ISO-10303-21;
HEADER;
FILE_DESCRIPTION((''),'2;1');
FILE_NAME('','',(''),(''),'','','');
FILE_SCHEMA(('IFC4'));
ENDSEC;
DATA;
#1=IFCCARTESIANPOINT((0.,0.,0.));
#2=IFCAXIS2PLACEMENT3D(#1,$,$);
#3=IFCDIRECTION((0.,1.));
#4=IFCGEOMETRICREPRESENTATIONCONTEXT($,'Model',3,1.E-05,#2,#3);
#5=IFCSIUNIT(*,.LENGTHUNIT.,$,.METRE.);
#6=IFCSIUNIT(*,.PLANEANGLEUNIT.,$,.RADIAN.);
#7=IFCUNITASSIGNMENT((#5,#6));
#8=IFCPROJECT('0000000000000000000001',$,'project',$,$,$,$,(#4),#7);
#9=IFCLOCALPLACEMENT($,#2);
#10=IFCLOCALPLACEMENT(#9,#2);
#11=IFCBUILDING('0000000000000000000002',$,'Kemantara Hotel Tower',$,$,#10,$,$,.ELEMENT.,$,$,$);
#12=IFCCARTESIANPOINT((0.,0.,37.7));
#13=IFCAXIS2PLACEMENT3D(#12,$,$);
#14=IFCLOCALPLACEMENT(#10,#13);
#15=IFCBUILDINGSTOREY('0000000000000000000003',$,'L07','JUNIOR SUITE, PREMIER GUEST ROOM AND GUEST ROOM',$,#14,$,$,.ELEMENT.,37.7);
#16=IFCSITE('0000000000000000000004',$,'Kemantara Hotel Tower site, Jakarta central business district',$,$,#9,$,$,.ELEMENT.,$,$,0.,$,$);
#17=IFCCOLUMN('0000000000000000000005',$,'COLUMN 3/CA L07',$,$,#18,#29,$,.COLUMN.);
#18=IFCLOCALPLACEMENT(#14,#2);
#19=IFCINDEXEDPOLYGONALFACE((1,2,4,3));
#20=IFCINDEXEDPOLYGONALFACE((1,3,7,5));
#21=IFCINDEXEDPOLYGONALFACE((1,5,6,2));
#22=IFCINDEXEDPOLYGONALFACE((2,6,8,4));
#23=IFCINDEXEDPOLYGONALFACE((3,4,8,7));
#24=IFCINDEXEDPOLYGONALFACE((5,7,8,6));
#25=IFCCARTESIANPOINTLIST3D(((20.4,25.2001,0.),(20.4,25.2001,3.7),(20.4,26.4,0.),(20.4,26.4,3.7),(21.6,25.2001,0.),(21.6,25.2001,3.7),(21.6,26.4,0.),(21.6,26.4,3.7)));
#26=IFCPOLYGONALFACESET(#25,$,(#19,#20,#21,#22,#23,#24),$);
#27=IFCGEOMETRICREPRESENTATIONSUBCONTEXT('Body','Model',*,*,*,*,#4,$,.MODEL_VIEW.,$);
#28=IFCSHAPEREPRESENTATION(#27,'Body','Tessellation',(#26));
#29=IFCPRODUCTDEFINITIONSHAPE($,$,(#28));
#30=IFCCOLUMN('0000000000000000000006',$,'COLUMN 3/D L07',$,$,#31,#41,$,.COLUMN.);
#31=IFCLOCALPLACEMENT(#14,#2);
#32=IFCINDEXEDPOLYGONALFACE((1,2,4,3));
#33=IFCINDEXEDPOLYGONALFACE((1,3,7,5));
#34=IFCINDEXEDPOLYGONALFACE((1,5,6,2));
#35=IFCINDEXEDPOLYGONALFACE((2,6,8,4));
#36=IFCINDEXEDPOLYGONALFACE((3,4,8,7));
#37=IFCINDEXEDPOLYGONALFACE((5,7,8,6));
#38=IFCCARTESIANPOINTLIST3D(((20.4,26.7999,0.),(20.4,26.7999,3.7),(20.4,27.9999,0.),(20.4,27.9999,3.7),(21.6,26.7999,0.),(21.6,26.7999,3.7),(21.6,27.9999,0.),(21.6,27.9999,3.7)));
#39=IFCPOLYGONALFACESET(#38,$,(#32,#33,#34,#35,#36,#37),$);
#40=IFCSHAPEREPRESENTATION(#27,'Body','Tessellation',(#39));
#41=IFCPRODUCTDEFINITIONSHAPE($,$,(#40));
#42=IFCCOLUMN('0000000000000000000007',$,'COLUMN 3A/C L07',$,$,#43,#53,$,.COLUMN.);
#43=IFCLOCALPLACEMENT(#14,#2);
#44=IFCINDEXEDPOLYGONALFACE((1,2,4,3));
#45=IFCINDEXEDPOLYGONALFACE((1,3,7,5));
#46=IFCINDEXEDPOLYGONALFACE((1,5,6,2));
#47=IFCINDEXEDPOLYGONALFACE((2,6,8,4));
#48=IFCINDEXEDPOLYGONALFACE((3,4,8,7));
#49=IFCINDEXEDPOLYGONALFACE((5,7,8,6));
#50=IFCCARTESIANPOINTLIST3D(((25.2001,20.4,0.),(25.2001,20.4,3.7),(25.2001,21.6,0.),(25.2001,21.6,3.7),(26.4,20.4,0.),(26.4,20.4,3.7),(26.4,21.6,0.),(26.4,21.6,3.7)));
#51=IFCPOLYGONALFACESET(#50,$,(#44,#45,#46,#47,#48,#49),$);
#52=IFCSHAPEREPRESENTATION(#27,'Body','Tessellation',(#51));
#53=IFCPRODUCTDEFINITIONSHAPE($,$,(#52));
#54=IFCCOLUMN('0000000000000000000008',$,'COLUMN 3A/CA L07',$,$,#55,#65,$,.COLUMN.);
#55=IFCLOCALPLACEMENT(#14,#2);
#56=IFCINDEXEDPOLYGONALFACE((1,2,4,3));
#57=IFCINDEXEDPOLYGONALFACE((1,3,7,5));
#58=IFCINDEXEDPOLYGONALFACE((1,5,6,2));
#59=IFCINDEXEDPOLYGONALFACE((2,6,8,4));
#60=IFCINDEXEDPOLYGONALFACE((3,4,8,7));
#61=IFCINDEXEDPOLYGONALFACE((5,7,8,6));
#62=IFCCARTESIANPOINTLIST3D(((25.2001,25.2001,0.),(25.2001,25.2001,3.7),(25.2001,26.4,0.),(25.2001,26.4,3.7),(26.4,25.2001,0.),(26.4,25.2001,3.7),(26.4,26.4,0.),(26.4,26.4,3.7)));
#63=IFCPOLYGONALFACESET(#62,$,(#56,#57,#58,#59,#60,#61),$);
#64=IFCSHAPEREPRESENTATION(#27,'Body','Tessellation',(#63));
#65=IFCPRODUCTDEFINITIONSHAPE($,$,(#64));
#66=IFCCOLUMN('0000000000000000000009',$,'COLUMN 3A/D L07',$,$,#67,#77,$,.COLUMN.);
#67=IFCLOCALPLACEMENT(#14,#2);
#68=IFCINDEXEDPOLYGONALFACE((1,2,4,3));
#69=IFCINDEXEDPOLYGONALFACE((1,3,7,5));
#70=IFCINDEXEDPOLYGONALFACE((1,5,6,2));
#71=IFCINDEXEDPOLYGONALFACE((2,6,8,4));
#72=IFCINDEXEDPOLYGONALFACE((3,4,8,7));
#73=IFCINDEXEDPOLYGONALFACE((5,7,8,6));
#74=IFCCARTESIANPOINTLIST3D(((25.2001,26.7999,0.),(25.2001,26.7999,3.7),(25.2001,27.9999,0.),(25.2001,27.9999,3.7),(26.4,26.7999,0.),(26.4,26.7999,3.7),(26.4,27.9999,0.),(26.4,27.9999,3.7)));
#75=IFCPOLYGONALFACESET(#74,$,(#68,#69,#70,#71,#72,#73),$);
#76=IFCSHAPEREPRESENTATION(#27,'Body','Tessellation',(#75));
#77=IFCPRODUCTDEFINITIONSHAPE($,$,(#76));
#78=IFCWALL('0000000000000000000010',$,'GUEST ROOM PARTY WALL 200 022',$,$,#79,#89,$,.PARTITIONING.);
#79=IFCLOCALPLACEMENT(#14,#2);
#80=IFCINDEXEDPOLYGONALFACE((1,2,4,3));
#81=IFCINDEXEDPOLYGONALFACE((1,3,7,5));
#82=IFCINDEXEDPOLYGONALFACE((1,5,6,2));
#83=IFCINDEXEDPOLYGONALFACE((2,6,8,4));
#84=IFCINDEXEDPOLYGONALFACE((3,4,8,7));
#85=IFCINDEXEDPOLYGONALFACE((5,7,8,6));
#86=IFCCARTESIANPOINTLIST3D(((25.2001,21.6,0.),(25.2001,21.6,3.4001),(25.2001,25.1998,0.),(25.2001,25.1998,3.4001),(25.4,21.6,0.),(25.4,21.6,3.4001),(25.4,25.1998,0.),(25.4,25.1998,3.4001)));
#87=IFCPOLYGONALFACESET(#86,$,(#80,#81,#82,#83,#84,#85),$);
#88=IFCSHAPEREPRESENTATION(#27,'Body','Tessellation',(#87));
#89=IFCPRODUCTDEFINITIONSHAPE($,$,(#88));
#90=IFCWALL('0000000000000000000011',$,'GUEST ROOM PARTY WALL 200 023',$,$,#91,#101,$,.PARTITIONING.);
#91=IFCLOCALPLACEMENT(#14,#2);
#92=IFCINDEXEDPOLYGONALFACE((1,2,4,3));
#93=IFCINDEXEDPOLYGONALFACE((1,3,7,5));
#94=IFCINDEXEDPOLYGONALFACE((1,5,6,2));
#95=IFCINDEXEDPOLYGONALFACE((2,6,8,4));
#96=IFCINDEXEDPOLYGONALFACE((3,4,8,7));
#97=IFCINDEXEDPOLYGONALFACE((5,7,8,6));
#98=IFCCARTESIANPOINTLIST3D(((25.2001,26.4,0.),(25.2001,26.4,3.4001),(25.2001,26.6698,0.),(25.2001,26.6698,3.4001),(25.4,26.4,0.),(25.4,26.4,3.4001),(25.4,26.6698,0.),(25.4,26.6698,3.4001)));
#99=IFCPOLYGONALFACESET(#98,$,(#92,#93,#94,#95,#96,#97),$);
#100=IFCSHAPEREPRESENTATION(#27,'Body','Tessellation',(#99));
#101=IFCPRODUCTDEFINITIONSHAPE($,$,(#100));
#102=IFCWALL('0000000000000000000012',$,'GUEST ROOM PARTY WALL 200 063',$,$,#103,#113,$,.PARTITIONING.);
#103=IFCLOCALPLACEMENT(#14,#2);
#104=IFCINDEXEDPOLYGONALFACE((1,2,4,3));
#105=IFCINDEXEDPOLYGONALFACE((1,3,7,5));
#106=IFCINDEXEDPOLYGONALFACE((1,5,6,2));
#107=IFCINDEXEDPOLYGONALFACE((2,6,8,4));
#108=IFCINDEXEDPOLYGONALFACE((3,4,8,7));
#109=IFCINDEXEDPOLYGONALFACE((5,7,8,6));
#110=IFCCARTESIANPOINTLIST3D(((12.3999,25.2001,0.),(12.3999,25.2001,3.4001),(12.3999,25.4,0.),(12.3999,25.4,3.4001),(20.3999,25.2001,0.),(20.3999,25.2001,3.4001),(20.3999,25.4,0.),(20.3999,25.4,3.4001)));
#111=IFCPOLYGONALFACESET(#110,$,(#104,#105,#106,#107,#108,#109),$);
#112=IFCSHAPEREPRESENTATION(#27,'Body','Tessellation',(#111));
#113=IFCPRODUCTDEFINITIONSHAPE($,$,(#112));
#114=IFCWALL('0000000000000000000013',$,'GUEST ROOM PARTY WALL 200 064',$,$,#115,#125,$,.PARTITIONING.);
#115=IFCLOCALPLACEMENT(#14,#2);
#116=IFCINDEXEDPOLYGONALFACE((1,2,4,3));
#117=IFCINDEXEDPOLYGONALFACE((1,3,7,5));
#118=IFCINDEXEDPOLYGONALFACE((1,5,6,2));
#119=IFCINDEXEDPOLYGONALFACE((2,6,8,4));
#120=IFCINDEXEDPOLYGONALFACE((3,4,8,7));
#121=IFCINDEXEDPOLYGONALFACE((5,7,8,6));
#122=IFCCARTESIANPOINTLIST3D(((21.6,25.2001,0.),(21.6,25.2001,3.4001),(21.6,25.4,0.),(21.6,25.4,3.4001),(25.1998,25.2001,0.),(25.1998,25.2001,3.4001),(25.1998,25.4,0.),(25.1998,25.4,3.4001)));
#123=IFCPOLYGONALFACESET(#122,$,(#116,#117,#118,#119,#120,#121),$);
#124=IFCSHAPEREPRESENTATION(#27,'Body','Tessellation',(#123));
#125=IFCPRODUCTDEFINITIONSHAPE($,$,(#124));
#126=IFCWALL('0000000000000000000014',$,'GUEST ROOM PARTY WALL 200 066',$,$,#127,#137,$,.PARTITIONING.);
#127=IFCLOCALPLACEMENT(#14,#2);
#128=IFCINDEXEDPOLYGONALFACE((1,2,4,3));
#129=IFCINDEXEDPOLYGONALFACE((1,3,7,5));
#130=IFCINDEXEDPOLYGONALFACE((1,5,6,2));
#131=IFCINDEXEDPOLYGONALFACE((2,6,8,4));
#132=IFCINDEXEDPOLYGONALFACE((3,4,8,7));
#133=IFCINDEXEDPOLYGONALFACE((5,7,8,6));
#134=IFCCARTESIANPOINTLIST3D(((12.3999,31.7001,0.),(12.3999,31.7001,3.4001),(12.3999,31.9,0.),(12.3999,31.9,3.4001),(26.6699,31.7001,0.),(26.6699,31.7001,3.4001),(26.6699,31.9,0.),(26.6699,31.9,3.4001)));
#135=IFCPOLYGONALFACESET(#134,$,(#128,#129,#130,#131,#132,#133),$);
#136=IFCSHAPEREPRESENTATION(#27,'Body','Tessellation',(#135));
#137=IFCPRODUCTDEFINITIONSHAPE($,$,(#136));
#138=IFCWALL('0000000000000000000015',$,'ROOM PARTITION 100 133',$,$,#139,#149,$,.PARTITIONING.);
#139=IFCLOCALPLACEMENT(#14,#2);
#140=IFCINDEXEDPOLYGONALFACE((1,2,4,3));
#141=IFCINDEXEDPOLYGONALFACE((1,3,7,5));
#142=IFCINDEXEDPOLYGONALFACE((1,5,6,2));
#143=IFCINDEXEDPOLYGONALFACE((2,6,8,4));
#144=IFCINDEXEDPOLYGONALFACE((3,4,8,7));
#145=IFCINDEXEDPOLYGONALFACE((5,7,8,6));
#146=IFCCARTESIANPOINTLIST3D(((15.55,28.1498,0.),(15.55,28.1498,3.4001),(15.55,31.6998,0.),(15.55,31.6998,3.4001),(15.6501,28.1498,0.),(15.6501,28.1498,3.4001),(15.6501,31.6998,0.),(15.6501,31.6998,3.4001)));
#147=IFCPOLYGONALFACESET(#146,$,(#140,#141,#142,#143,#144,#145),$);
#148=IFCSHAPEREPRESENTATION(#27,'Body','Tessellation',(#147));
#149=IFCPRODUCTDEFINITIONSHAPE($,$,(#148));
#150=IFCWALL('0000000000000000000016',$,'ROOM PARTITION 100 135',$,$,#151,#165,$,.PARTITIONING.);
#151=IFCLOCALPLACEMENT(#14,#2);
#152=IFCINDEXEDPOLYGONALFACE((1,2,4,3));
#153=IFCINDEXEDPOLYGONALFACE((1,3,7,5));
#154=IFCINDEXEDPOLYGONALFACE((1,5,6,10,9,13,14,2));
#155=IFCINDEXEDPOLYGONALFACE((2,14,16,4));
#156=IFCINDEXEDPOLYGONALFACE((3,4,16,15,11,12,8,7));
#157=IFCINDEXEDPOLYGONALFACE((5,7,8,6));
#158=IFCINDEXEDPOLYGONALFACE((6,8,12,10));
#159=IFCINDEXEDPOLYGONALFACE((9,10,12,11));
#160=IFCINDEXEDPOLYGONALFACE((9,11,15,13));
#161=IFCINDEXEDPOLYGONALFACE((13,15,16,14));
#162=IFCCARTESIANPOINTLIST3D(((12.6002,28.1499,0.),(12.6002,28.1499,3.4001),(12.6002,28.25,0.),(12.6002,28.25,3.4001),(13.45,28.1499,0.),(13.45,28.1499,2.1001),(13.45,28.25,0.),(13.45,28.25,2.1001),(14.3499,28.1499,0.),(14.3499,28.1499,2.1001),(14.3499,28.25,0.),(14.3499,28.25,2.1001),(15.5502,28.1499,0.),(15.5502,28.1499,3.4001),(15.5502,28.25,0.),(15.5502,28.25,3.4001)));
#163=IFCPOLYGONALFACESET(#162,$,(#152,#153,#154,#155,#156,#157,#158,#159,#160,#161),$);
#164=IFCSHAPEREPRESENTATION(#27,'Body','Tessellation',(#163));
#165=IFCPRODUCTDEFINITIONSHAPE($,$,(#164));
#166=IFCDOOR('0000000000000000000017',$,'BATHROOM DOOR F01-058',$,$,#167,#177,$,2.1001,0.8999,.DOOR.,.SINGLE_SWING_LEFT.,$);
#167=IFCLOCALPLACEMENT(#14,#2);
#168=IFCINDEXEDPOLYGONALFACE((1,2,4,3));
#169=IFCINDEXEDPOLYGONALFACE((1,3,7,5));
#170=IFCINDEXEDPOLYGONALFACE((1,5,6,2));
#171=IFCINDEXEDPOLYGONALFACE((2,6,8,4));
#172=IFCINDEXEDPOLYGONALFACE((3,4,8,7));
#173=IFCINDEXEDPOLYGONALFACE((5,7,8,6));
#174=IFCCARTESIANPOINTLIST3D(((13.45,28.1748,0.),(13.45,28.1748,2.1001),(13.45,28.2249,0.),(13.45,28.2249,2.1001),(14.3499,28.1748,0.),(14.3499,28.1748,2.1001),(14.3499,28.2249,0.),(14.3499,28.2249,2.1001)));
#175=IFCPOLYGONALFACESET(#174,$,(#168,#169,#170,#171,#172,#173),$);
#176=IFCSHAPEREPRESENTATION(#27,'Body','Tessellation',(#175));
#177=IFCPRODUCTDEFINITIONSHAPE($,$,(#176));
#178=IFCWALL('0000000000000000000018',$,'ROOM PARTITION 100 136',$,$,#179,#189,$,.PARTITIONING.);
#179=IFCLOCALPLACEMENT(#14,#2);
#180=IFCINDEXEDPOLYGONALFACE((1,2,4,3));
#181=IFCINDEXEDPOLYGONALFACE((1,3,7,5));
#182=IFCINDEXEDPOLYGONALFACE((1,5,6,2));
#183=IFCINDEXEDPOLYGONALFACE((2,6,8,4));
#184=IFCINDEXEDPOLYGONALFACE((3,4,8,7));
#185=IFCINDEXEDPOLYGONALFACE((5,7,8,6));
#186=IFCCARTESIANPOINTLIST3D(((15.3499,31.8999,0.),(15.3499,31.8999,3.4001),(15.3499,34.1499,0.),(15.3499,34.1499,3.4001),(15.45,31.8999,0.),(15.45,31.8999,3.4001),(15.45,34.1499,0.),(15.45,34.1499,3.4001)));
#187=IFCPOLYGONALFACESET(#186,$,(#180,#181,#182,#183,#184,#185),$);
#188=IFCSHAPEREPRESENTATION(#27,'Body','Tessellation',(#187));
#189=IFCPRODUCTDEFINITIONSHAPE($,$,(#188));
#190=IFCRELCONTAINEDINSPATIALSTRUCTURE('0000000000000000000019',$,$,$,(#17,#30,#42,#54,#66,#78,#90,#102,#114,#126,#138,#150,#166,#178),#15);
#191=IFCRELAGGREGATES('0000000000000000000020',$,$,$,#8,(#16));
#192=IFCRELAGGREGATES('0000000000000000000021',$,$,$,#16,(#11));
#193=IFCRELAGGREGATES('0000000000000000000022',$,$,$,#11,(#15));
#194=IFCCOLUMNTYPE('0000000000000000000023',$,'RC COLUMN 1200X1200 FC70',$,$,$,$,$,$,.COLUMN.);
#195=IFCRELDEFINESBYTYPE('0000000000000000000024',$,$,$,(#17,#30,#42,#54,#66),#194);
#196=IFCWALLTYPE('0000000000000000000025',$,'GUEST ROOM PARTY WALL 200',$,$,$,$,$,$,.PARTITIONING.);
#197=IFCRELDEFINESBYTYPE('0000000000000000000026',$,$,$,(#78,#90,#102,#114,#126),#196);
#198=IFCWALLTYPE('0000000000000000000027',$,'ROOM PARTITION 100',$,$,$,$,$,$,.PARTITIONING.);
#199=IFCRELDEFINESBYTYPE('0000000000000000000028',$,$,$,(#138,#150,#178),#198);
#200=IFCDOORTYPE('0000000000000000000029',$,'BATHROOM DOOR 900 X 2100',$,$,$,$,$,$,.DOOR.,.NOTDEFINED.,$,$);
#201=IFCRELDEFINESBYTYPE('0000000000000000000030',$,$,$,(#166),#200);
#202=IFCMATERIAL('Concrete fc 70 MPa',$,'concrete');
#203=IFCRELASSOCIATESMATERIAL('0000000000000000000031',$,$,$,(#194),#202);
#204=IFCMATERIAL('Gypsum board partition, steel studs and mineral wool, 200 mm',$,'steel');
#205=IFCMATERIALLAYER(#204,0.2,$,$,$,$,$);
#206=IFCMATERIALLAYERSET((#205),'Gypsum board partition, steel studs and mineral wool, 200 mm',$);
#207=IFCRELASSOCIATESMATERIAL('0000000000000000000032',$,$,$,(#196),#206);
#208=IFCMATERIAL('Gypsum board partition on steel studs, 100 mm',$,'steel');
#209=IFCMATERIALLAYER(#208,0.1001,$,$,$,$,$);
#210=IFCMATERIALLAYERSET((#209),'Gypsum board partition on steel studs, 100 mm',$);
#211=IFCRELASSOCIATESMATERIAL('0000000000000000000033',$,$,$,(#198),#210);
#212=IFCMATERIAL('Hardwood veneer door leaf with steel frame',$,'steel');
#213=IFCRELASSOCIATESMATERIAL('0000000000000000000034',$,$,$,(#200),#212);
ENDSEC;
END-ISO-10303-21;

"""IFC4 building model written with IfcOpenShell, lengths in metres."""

from ifc_helpers import new_model, si_unit, direction, frame, frame_2d, origin, origin_2d, place, context, subcontext, project, spatial, rectangle, extrude, material, layer, layer_set, material_profile, profile_set, type_object, element, fill, save


model = new_model("IFC4")

# Units and contexts
model_context = context("Model", 3, precision=1e-05, world=origin(), true_north=direction((0.0, 1.0)))
body_context = subcontext(model_context, "Body", "Model", "MODEL_VIEW")
ifc_project = project(units=[si_unit("LENGTHUNIT", "METRE"), si_unit("PLANEANGLEUNIT", "RADIAN")], contexts=[model_context])

# Site, building, storey
site_placement = place(None, origin())
site = spatial("IfcSite", under=ifc_project, at=site_placement, Name="Kemantara Hotel Tower site, Jakarta central business district", CompositionType="ELEMENT", RefElevation=0.0)
building_placement = place(site_placement, origin())
building = spatial("IfcBuilding", under=site, at=building_placement, Name="Kemantara Hotel Tower", CompositionType="ELEMENT")
storey_placement = place(building_placement, frame((0.0, 0.0, 37.7)))
storey = spatial("IfcBuildingStorey", under=building, at=storey_placement, Name="L07", Description="JUNIOR SUITE, PREMIER GUEST ROOM AND GUEST ROOM", CompositionType="ELEMENT", Elevation=37.7)

# Columns
ifc_material_1 = material(Name="Concrete fc 70 MPa", Category="concrete")
ifc_material_profile = material_profile(ifc_material_1, rectangle(XDim=1.2, YDim=1.2, at=origin_2d()), Name="RC 1200X1200")
ifc_profile_set = profile_set([ifc_material_profile], Name="Concrete fc 70 MPa")
column_type = type_object("IfcColumnType", Name="RC COLUMN 1200X1200 FC70", PredefinedType="COLUMN", material=ifc_profile_set)
for number, where, z_axis, x_axis, name in (
    (1, (21.0, 25.8, 0.0), (0.0, 0.0, 1.0), (1.0, 0.0, 0.0), "COLUMN 3/CA L07"),
    (2, (21.0, 27.3999, 0.0), (0.0, 0.0, 1.0), (1.0, 0.0, 0.0), "COLUMN 3/D L07"),
    (3, (25.8, 21.0, 0.0), (0.0, 0.0, 1.0), (1.0, 0.0, 0.0), "COLUMN 3A/C L07"),
    (4, (25.8, 25.8, 0.0), (0.0, 0.0, 1.0), (1.0, 0.0, 0.0), "COLUMN 3A/CA L07"),
    (5, (25.8, 27.3999, 0.0), (0.0, 0.0, 1.0), (1.0, 0.0, 0.0), "COLUMN 3A/D L07"),
):
    element("IfcColumn", number, at=place(storey_placement, frame(where, z_axis=z_axis, x_axis=x_axis)), inside=storey, type_object=column_type, Name=name, PredefinedType="COLUMN", context=body_context, shape_type="SweptSolid", body=[
        extrude(rectangle(XDim=1.2, YDim=1.2, at=origin_2d()), origin(), (0.0, 0.0, 1.0), 3.7),
    ])

# Walls
ifc_material_2 = material(Name="Gypsum board partition, steel studs and mineral wool, 200 mm", Category="steel")
ifc_layer_1 = layer(ifc_material_2, 0.2)
ifc_layer_set_1 = layer_set([ifc_layer_1], Name="Gypsum board partition, steel studs and mineral wool, 200 mm")
wall_type_1 = type_object("IfcWallType", Name="GUEST ROOM PARTY WALL 200", PredefinedType="PARTITIONING", material=ifc_layer_set_1)
wall_1_placement = place(storey_placement, frame((25.3, 21.6001, 0.0), z_axis=(0.0, 0.0, 1.0), x_axis=(0.0, 1.0, 0.0)))
element("IfcWall", 6, at=wall_1_placement, inside=storey, type_object=wall_type_1, Name="GUEST ROOM PARTY WALL 200 022", PredefinedType="PARTITIONING", context=body_context, shape_type="SweptSolid", body=[
    extrude(rectangle(XDim=3.5999, YDim=0.2, at=frame_2d((1.7998, 0.0))), origin(), (0.0, 0.0, 1.0), 3.4001),
])
wall_2_placement = place(storey_placement, frame((25.3, 26.4001, 0.0), z_axis=(0.0, 0.0, 1.0), x_axis=(0.0, 1.0, 0.0)))
element("IfcWall", 7, at=wall_2_placement, inside=storey, type_object=wall_type_1, Name="GUEST ROOM PARTY WALL 200 023", PredefinedType="PARTITIONING", context=body_context, shape_type="SweptSolid", body=[
    extrude(rectangle(XDim=0.2698, YDim=0.2, at=frame_2d((0.1348, 0.0))), origin(), (0.0, 0.0, 1.0), 3.4001),
])
wall_3_placement = place(storey_placement, frame((12.3999, 25.3, 0.0), z_axis=(0.0, 0.0, 1.0), x_axis=(1.0, 0.0, 0.0)))
element("IfcWall", 8, at=wall_3_placement, inside=storey, type_object=wall_type_1, Name="GUEST ROOM PARTY WALL 200 063", PredefinedType="PARTITIONING", context=body_context, shape_type="SweptSolid", body=[
    extrude(rectangle(XDim=8.0, YDim=0.2, at=frame_2d((4.0, 0.0))), origin(), (0.0, 0.0, 1.0), 3.4001),
])
wall_4_placement = place(storey_placement, frame((21.6001, 25.3, 0.0), z_axis=(0.0, 0.0, 1.0), x_axis=(1.0, 0.0, 0.0)))
element("IfcWall", 9, at=wall_4_placement, inside=storey, type_object=wall_type_1, Name="GUEST ROOM PARTY WALL 200 064", PredefinedType="PARTITIONING", context=body_context, shape_type="SweptSolid", body=[
    extrude(rectangle(XDim=3.5999, YDim=0.2, at=frame_2d((1.7998, 0.0))), origin(), (0.0, 0.0, 1.0), 3.4001),
])
wall_5_placement = place(storey_placement, frame((12.3999, 31.8, 0.0), z_axis=(0.0, 0.0, 1.0), x_axis=(1.0, 0.0, 0.0)))
element("IfcWall", 10, at=wall_5_placement, inside=storey, type_object=wall_type_1, Name="GUEST ROOM PARTY WALL 200 066", PredefinedType="PARTITIONING", context=body_context, shape_type="SweptSolid", body=[
    extrude(rectangle(XDim=14.27, YDim=0.2, at=frame_2d((7.135, 0.0))), origin(), (0.0, 0.0, 1.0), 3.4001),
])
ifc_material_3 = material(Name="Gypsum board partition on steel studs, 100 mm", Category="steel")
ifc_layer_2 = layer(ifc_material_3, 0.1001)
ifc_layer_set_2 = layer_set([ifc_layer_2], Name="Gypsum board partition on steel studs, 100 mm")
wall_type_2 = type_object("IfcWallType", Name="ROOM PARTITION 100", PredefinedType="PARTITIONING", material=ifc_layer_set_2)
wall_6_placement = place(storey_placement, frame((15.6001, 28.1499, 0.0), z_axis=(0.0, 0.0, 1.0), x_axis=(0.0, 1.0, 0.0)))
element("IfcWall", 11, at=wall_6_placement, inside=storey, type_object=wall_type_2, Name="ROOM PARTITION 100 133", PredefinedType="PARTITIONING", context=body_context, shape_type="SweptSolid", body=[
    extrude(rectangle(XDim=3.55, YDim=0.1001, at=frame_2d((1.7749, 0.0))), origin(), (0.0, 0.0, 1.0), 3.4001),
])

# Wall, opening, door
wall_7_placement = place(storey_placement, frame((12.6001, 28.2, 0.0), z_axis=(0.0, 0.0, 1.0), x_axis=(1.0, 0.0, 0.0)))
wall_7 = element("IfcWall", 12, at=wall_7_placement, inside=storey, type_object=wall_type_2, Name="ROOM PARTITION 100 135", PredefinedType="PARTITIONING", context=body_context, shape_type="SweptSolid", body=[
    extrude(rectangle(XDim=2.95, YDim=0.1001, at=frame_2d((1.4751, 0.0))), origin(), (0.0, 0.0, 1.0), 3.4001),
])
opening_1_placement = place(wall_7_placement, frame((0.8499, 0.0, 0.0)))
opening_1 = element("IfcOpeningElement", 13, at=opening_1_placement, cuts=wall_7, PredefinedType="OPENING", context=body_context, shape_type="SweptSolid", body=[
    extrude(rectangle(XDim=0.8999, YDim=2.1001, at=frame_2d((0.45, 1.05))), frame((0.0, 0.0601, 0.0), z_axis=(0.0, -1.0, 0.0), x_axis=(1.0, 0.0, 0.0)), (0.0, 0.0, 1.0), 0.1201),
])
ifc_material_4 = material(Name="Hardwood veneer door leaf with steel frame", Category="steel")
door_type = type_object("IfcDoorType", Name="BATHROOM DOOR 900 X 2100", OperationType="NOTDEFINED", PredefinedType="DOOR", material=ifc_material_4)
door_1_placement = place(opening_1_placement, origin())
door_1 = element("IfcDoor", 14, at=door_1_placement, inside=storey, type_object=door_type, Name="BATHROOM DOOR F01-058", OperationType="SINGLE_SWING_LEFT", OverallHeight=2.1001, OverallWidth=0.8999, PredefinedType="DOOR", context=body_context, shape_type="SweptSolid", body=[
    extrude(rectangle(XDim=0.8999, YDim=2.1001, at=frame_2d((0.45, 1.05))), frame((0.0, 0.0249, 0.0), z_axis=(0.0, -1.0, 0.0), x_axis=(1.0, 0.0, 0.0)), (0.0, 0.0, 1.0), 0.05),
])
fill(opening_1, door_1)

# Wall
wall_8_placement = place(storey_placement, frame((15.3999, 31.8999, 0.0), z_axis=(0.0, 0.0, 1.0), x_axis=(0.0, 1.0, 0.0)))
element("IfcWall", 15, at=wall_8_placement, inside=storey, type_object=wall_type_2, Name="ROOM PARTITION 100 136", PredefinedType="PARTITIONING", context=body_context, shape_type="SweptSolid", body=[
    extrude(rectangle(XDim=2.25, YDim=0.1001, at=frame_2d((1.125, 0.0))), origin(), (0.0, 0.0, 1.0), 3.4001),
])

save(model, "model.ifc")
